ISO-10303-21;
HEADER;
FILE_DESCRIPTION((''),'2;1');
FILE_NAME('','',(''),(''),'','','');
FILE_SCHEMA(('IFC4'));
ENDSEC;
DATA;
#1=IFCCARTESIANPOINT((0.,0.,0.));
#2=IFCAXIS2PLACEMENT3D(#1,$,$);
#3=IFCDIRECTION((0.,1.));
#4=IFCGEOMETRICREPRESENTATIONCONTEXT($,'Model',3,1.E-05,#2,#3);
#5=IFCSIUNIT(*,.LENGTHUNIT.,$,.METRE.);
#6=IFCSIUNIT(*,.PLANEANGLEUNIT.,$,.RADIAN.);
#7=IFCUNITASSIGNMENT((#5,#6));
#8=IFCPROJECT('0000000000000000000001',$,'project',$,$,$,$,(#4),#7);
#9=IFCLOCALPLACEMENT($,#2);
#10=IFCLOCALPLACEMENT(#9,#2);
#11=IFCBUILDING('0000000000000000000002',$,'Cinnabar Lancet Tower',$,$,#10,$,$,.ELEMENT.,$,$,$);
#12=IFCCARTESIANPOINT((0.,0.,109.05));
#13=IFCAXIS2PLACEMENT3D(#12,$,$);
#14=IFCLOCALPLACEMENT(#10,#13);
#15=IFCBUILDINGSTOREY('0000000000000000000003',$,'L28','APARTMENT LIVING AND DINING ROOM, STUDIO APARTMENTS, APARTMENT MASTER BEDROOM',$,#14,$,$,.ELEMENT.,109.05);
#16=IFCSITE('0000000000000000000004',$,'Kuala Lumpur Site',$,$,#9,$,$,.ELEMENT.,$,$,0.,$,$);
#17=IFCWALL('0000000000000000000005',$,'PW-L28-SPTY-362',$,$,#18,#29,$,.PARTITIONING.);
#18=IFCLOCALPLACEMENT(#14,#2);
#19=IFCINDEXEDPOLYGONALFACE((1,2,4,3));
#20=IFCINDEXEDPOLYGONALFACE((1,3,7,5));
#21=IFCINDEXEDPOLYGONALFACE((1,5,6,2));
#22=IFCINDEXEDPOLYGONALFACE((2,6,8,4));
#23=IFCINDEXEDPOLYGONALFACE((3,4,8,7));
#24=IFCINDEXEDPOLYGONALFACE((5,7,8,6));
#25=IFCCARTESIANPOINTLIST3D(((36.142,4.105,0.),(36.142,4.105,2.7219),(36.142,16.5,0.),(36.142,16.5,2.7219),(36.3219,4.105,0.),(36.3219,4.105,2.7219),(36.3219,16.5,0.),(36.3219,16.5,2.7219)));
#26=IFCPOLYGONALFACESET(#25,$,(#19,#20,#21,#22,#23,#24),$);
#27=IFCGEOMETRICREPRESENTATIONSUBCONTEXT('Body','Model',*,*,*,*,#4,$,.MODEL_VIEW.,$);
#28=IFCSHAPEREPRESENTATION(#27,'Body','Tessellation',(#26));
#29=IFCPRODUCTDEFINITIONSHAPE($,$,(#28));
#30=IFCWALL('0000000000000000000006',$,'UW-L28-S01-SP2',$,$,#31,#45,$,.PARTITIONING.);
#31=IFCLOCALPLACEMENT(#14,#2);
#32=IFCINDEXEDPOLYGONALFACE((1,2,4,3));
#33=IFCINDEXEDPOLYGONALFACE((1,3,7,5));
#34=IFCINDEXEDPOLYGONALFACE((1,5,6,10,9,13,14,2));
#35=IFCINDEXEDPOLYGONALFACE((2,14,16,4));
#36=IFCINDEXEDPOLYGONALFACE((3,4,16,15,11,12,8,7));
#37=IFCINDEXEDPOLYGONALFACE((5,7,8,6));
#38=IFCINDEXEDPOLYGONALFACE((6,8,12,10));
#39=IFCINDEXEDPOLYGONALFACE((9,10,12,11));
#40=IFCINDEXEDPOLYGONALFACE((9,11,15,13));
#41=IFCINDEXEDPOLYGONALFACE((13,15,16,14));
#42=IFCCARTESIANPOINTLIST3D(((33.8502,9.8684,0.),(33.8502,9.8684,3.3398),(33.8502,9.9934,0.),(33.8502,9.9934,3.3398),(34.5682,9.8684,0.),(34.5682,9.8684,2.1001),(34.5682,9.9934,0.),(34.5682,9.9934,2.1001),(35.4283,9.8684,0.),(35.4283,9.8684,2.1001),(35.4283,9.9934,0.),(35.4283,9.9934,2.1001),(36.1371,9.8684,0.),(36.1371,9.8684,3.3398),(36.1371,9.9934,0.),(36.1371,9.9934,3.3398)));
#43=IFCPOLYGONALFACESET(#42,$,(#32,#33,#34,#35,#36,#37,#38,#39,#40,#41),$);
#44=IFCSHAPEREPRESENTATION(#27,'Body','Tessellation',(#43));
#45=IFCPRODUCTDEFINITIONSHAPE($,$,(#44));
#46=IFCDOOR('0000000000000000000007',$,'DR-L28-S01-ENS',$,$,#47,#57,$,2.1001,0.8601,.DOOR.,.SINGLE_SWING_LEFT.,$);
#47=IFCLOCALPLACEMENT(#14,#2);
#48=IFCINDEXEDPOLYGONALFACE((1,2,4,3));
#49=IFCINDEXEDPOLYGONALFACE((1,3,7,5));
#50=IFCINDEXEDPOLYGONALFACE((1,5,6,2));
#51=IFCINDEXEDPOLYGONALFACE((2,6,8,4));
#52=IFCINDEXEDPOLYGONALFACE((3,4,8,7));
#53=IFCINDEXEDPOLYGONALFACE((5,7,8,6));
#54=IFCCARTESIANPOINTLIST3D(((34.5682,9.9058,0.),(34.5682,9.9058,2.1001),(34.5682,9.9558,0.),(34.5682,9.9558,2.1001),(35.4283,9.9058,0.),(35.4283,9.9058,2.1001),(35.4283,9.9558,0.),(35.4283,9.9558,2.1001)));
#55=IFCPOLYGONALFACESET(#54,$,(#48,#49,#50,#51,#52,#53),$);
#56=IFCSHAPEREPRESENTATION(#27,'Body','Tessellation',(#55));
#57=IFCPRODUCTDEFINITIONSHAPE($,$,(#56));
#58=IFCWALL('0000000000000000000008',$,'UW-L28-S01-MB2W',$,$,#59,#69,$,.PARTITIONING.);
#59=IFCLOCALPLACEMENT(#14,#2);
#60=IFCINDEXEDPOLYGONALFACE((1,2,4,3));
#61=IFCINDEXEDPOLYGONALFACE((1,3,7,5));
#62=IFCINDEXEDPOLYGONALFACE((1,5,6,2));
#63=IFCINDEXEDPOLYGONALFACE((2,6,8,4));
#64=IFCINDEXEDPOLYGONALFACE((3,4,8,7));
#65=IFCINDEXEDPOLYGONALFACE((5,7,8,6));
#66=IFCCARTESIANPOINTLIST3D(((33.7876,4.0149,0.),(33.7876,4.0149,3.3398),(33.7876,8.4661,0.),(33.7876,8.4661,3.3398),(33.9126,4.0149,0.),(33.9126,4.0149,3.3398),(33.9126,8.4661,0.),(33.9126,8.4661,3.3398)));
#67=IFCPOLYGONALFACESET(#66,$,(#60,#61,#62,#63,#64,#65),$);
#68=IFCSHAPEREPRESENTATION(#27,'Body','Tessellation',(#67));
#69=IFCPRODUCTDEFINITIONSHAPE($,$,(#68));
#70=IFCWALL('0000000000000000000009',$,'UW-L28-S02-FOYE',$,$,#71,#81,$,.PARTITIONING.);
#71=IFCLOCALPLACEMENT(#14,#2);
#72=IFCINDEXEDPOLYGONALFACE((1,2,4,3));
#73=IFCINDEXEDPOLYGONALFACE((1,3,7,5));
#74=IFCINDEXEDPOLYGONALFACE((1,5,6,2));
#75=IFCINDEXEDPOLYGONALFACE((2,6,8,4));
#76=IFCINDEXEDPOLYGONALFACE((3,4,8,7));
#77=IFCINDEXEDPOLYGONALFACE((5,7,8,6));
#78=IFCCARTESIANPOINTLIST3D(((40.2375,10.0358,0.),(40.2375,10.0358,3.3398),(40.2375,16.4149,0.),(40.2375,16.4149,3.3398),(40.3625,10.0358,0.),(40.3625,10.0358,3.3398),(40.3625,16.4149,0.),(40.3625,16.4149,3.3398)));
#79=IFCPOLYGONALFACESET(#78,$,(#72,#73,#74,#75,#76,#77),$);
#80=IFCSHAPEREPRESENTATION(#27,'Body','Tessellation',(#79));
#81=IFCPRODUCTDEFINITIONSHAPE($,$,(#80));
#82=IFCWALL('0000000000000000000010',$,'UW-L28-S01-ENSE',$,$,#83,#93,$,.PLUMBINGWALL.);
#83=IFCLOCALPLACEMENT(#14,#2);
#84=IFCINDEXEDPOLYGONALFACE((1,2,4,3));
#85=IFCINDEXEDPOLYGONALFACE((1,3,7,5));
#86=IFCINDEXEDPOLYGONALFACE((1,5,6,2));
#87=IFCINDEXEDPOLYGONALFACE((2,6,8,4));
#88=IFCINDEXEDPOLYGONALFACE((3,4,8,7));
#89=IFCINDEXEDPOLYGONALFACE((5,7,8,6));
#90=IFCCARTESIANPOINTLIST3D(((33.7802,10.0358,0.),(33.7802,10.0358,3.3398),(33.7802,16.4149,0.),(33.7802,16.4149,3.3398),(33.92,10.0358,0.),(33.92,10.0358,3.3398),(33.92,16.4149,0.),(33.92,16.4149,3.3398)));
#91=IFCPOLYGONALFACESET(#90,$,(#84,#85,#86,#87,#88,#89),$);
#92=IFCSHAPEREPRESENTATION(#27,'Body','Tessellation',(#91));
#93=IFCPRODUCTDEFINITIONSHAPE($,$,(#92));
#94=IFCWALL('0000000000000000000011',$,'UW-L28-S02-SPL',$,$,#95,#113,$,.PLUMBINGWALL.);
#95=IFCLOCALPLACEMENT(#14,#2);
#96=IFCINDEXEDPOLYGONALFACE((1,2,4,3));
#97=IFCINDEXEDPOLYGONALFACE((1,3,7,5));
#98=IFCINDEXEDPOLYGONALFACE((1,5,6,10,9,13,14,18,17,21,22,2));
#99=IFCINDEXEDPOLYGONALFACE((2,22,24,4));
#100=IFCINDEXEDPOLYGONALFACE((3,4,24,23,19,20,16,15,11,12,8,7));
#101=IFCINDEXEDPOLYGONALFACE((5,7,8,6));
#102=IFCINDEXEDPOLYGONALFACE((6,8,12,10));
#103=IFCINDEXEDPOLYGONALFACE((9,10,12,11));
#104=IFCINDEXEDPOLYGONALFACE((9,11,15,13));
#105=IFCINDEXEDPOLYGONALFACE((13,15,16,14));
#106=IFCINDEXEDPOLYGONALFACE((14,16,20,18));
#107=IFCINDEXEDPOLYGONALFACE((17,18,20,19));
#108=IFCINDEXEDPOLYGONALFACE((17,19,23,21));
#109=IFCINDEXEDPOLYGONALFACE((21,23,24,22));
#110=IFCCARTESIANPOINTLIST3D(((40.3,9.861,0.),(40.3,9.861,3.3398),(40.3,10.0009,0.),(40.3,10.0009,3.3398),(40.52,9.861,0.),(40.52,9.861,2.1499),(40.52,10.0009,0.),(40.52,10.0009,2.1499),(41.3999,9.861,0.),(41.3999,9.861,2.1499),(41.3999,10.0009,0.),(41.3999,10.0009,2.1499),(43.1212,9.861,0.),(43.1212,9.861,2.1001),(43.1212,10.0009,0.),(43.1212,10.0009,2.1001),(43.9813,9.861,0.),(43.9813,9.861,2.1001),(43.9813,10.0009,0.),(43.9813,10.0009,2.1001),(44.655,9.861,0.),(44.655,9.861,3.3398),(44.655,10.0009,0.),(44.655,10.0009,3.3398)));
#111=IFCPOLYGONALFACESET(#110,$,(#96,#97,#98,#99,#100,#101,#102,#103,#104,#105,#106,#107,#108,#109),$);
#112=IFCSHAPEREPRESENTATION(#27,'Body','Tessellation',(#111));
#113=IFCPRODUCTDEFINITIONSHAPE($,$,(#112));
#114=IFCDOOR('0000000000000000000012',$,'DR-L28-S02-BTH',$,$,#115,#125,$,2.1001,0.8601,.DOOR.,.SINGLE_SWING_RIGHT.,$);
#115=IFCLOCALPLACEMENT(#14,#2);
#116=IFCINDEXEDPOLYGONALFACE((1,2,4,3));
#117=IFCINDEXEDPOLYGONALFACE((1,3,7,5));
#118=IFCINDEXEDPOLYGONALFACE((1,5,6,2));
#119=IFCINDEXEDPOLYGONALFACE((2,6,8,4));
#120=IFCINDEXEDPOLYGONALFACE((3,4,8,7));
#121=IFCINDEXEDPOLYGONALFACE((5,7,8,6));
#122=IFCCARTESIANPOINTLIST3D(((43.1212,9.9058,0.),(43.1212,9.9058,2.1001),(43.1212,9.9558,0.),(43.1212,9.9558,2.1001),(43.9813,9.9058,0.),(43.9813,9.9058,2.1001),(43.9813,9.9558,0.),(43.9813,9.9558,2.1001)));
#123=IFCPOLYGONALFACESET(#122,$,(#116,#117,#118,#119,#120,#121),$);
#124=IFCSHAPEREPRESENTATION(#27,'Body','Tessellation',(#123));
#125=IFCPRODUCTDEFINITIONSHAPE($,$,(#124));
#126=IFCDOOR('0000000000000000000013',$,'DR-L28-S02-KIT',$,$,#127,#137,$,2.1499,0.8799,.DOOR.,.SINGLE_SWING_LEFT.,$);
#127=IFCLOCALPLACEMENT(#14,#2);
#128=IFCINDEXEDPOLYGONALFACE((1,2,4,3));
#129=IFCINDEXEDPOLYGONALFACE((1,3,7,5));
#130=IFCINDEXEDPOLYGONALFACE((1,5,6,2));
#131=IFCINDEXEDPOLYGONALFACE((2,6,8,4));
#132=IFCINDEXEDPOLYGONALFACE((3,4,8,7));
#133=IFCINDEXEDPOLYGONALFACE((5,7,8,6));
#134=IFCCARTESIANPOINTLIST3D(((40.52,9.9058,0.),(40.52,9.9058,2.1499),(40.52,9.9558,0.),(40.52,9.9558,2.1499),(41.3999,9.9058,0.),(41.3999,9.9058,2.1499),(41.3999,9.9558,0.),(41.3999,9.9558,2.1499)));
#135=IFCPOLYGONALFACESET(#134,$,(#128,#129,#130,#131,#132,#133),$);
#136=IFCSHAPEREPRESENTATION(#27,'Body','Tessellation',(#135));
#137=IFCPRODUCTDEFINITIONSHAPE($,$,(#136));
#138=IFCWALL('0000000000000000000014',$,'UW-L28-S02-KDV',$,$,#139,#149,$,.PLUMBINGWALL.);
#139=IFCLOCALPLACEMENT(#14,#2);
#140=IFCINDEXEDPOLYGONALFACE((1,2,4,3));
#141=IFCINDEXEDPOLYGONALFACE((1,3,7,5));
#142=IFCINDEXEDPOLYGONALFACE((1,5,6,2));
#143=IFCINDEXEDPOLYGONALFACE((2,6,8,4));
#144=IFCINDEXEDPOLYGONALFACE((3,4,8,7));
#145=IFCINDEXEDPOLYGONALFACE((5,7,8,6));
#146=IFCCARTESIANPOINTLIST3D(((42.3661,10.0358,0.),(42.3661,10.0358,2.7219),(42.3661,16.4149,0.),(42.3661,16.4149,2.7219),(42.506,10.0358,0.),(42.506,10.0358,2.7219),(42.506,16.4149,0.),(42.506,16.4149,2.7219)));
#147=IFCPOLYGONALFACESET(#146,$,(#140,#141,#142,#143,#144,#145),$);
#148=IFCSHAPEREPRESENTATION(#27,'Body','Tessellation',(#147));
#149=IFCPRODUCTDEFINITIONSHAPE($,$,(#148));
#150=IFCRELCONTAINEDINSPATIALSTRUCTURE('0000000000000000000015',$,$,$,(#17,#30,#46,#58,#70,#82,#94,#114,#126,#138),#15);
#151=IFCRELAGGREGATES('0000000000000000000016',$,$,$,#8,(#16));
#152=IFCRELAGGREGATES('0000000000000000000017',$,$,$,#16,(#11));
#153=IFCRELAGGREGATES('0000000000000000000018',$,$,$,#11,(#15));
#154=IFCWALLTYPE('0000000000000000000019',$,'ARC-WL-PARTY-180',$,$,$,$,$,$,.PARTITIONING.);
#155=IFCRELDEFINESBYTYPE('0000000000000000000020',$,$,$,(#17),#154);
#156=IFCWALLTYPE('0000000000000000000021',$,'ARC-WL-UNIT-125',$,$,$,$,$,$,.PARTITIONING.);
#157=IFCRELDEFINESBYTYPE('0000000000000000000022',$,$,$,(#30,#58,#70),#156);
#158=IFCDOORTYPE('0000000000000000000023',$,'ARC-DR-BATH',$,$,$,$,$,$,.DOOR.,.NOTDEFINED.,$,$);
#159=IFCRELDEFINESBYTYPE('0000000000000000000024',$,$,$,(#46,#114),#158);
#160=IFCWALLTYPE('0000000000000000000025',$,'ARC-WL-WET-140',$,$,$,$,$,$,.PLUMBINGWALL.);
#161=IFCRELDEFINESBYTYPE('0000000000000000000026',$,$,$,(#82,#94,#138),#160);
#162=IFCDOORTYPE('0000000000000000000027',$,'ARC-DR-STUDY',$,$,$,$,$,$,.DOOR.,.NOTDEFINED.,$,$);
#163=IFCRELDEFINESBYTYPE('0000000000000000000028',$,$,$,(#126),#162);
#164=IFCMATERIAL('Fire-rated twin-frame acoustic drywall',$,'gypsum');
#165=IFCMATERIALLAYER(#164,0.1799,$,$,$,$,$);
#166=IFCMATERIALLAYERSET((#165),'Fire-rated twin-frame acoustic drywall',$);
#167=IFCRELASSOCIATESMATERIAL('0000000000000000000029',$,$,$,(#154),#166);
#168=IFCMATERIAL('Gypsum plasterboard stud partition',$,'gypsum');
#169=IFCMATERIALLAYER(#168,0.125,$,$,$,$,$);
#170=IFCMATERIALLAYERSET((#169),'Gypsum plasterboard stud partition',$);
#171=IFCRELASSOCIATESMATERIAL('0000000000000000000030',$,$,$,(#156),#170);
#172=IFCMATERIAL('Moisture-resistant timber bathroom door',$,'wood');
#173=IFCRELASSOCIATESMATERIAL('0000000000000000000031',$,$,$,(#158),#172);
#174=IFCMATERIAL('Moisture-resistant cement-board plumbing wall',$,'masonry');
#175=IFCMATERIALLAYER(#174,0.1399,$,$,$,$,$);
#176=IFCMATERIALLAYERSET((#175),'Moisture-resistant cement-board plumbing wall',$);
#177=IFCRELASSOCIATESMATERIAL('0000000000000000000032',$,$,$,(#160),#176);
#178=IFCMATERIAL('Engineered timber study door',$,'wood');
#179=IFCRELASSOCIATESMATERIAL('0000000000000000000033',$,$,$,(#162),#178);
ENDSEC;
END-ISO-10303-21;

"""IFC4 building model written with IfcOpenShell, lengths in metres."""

from ifc_helpers import new_model, si_unit, direction, frame, frame_2d, origin, place, context, subcontext, project, spatial, rectangle, extrude, material, layer, layer_set, type_object, element, fill, save


model = new_model("IFC4")

# Units and contexts
model_context = context("Model", 3, precision=1e-05, world=origin(), true_north=direction((0.0, 1.0)))
body_context = subcontext(model_context, "Body", "Model", "MODEL_VIEW")
ifc_project = project(units=[si_unit("LENGTHUNIT", "METRE"), si_unit("PLANEANGLEUNIT", "RADIAN")], contexts=[model_context])

# Site, building, storey
site_placement = place(None, origin())
site = spatial("IfcSite", under=ifc_project, at=site_placement, Name="Kuala Lumpur Site", CompositionType="ELEMENT", RefElevation=0.0)
building_placement = place(site_placement, origin())
building = spatial("IfcBuilding", under=site, at=building_placement, Name="Cinnabar Lancet Tower", CompositionType="ELEMENT")
storey_placement = place(building_placement, frame((0.0, 0.0, 109.05)))
storey = spatial("IfcBuildingStorey", under=building, at=storey_placement, Name="L28", Description="APARTMENT LIVING AND DINING ROOM, STUDIO APARTMENTS, APARTMENT MASTER BEDROOM", CompositionType="ELEMENT", Elevation=109.05)

# Wall
ifc_material_1 = material(Name="Fire-rated twin-frame acoustic drywall", Category="gypsum")
ifc_layer_1 = layer(ifc_material_1, 0.1799)
ifc_layer_set_1 = layer_set([ifc_layer_1], Name="Fire-rated twin-frame acoustic drywall")
wall_type_1 = type_object("IfcWallType", Name="ARC-WL-PARTY-180", PredefinedType="PARTITIONING", material=ifc_layer_set_1)
wall_1_placement = place(storey_placement, frame((36.2319, 4.105, 0.0), z_axis=(0.0, 0.0, 1.0), x_axis=(0.0, 1.0, 0.0)))
element("IfcWall", 1, at=wall_1_placement, inside=storey, type_object=wall_type_1, Name="PW-L28-SPTY-362", PredefinedType="PARTITIONING", context=body_context, shape_type="SweptSolid", body=[
    extrude(rectangle(XDim=12.395, YDim=0.1799, at=frame_2d((6.1975, 0.0))), origin(), (0.0, 0.0, 1.0), 2.7219),
])

# Wall, opening, door
ifc_material_2 = material(Name="Gypsum plasterboard stud partition", Category="gypsum")
ifc_layer_2 = layer(ifc_material_2, 0.125)
ifc_layer_set_2 = layer_set([ifc_layer_2], Name="Gypsum plasterboard stud partition")
wall_type_2 = type_object("IfcWallType", Name="ARC-WL-UNIT-125", PredefinedType="PARTITIONING", material=ifc_layer_set_2)
wall_2_placement = place(storey_placement, frame((33.8501, 9.9309, 0.0), z_axis=(0.0, 0.0, 1.0), x_axis=(1.0, 0.0, 0.0)))
wall_2 = element("IfcWall", 2, at=wall_2_placement, inside=storey, type_object=wall_type_2, Name="UW-L28-S01-SP2", PredefinedType="PARTITIONING", context=body_context, shape_type="SweptSolid", body=[
    extrude(rectangle(XDim=2.2869, YDim=0.125, at=frame_2d((1.1436, 0.0))), origin(), (0.0, 0.0, 1.0), 3.3398),
])
opening_1_placement = place(wall_2_placement, frame((0.718, 0.0, 0.0)))
opening_1 = element("IfcOpeningElement", 3, at=opening_1_placement, cuts=wall_2, PredefinedType="OPENING", context=body_context, shape_type="SweptSolid", body=[
    extrude(rectangle(XDim=0.8601, YDim=2.1001, at=frame_2d((0.4302, 1.05))), frame((0.0, 0.0725, 0.0), z_axis=(0.0, -1.0, 0.0), x_axis=(1.0, 0.0, 0.0)), (0.0, 0.0, 1.0), 0.145),
])
ifc_material_3 = material(Name="Moisture-resistant timber bathroom door", Category="wood")
door_type_1 = type_object("IfcDoorType", Name="ARC-DR-BATH", OperationType="NOTDEFINED", PredefinedType="DOOR", material=ifc_material_3)
door_1_placement = place(opening_1_placement, origin())
door_1 = element("IfcDoor", 4, at=door_1_placement, inside=storey, type_object=door_type_1, Name="DR-L28-S01-ENS", OperationType="SINGLE_SWING_LEFT", OverallHeight=2.1001, OverallWidth=0.8601, PredefinedType="DOOR", context=body_context, shape_type="SweptSolid", body=[
    extrude(rectangle(XDim=0.8601, YDim=2.1001, at=frame_2d((0.4302, 1.05))), frame((0.0, 0.0249, 0.0), z_axis=(0.0, -1.0, 0.0), x_axis=(1.0, 0.0, 0.0)), (0.0, 0.0, 1.0), 0.05),
])
fill(opening_1, door_1)

# Walls
wall_3_placement = place(storey_placement, frame((33.8501, 4.0149, 0.0), z_axis=(0.0, 0.0, 1.0), x_axis=(0.0, 1.0, 0.0)))
element("IfcWall", 5, at=wall_3_placement, inside=storey, type_object=wall_type_2, Name="UW-L28-S01-MB2W", PredefinedType="PARTITIONING", context=body_context, shape_type="SweptSolid", body=[
    extrude(rectangle(XDim=4.4512, YDim=0.125, at=frame_2d((2.2256, 0.0))), origin(), (0.0, 0.0, 1.0), 3.3398),
])
wall_4_placement = place(storey_placement, frame((40.3, 10.0359, 0.0), z_axis=(0.0, 0.0, 1.0), x_axis=(0.0, 1.0, 0.0)))
element("IfcWall", 6, at=wall_4_placement, inside=storey, type_object=wall_type_2, Name="UW-L28-S02-FOYE", PredefinedType="PARTITIONING", context=body_context, shape_type="SweptSolid", body=[
    extrude(rectangle(XDim=6.3792, YDim=0.125, at=frame_2d((3.1895, 0.0))), origin(), (0.0, 0.0, 1.0), 3.3398),
])
ifc_material_4 = material(Name="Moisture-resistant cement-board plumbing wall", Category="masonry")
ifc_layer_3 = layer(ifc_material_4, 0.1399)
ifc_layer_set_3 = layer_set([ifc_layer_3], Name="Moisture-resistant cement-board plumbing wall")
wall_type_3 = type_object("IfcWallType", Name="ARC-WL-WET-140", PredefinedType="PLUMBINGWALL", material=ifc_layer_set_3)
wall_5_placement = place(storey_placement, frame((33.8501, 10.0359, 0.0), z_axis=(0.0, 0.0, 1.0), x_axis=(0.0, 1.0, 0.0)))
element("IfcWall", 7, at=wall_5_placement, inside=storey, type_object=wall_type_3, Name="UW-L28-S01-ENSE", PredefinedType="PLUMBINGWALL", context=body_context, shape_type="SweptSolid", body=[
    extrude(rectangle(XDim=6.3792, YDim=0.1399, at=frame_2d((3.1895, 0.0))), origin(), (0.0, 0.0, 1.0), 3.3398),
])

# Wall, openings, doors
wall_6_placement = place(storey_placement, frame((40.3, 9.9309, 0.0), z_axis=(0.0, 0.0, 1.0), x_axis=(1.0, 0.0, 0.0)))
wall_6 = element("IfcWall", 8, at=wall_6_placement, inside=storey, type_object=wall_type_3, Name="UW-L28-S02-SPL", PredefinedType="PLUMBINGWALL", context=body_context, shape_type="SweptSolid", body=[
    extrude(rectangle(XDim=4.355, YDim=0.1399, at=frame_2d((2.1775, 0.0))), origin(), (0.0, 0.0, 1.0), 3.3398),
])
opening_2_placement = place(wall_6_placement, frame((2.821, 0.0, 0.0)))
opening_2 = element("IfcOpeningElement", 9, at=opening_2_placement, cuts=wall_6, PredefinedType="OPENING", context=body_context, shape_type="SweptSolid", body=[
    extrude(rectangle(XDim=0.8601, YDim=2.1001, at=frame_2d((0.4302, 1.05))), frame((0.0, 0.0798, 0.0), z_axis=(0.0, -1.0, 0.0), x_axis=(1.0, 0.0, 0.0)), (0.0, 0.0, 1.0), 0.1599),
])
opening_3_placement = place(wall_6_placement, frame((0.22, 0.0, 0.0)))
opening_3 = element("IfcOpeningElement", 10, at=opening_3_placement, cuts=wall_6, PredefinedType="OPENING", context=body_context, shape_type="SweptSolid", body=[
    extrude(rectangle(XDim=0.8799, YDim=2.1499, at=frame_2d((0.4399, 1.075))), frame((0.0, 0.0798, 0.0), z_axis=(0.0, -1.0, 0.0), x_axis=(1.0, 0.0, 0.0)), (0.0, 0.0, 1.0), 0.1599),
])
door_2_placement = place(opening_2_placement, origin())
door_2 = element("IfcDoor", 11, at=door_2_placement, inside=storey, type_object=door_type_1, Name="DR-L28-S02-BTH", OperationType="SINGLE_SWING_RIGHT", OverallHeight=2.1001, OverallWidth=0.8601, PredefinedType="DOOR", context=body_context, shape_type="SweptSolid", body=[
    extrude(rectangle(XDim=0.8601, YDim=2.1001, at=frame_2d((0.4302, 1.05))), frame((0.0, 0.0249, 0.0), z_axis=(0.0, -1.0, 0.0), x_axis=(1.0, 0.0, 0.0)), (0.0, 0.0, 1.0), 0.05),
])
fill(opening_2, door_2)
ifc_material_5 = material(Name="Engineered timber study door", Category="wood")
door_type_2 = type_object("IfcDoorType", Name="ARC-DR-STUDY", OperationType="NOTDEFINED", PredefinedType="DOOR", material=ifc_material_5)
door_3_placement = place(opening_3_placement, origin())
door_3 = element("IfcDoor", 12, at=door_3_placement, inside=storey, type_object=door_type_2, Name="DR-L28-S02-KIT", OperationType="SINGLE_SWING_LEFT", OverallHeight=2.1499, OverallWidth=0.8799, PredefinedType="DOOR", context=body_context, shape_type="SweptSolid", body=[
    extrude(rectangle(XDim=0.8799, YDim=2.1499, at=frame_2d((0.4399, 1.075))), frame((0.0, 0.0249, 0.0), z_axis=(0.0, -1.0, 0.0), x_axis=(1.0, 0.0, 0.0)), (0.0, 0.0, 1.0), 0.05),
])
fill(opening_3, door_3)

# Wall
wall_7_placement = place(storey_placement, frame((42.436, 10.0359, 0.0), z_axis=(0.0, 0.0, 1.0), x_axis=(0.0, 1.0, 0.0)))
element("IfcWall", 13, at=wall_7_placement, inside=storey, type_object=wall_type_3, Name="UW-L28-S02-KDV", PredefinedType="PLUMBINGWALL", context=body_context, shape_type="SweptSolid", body=[
    extrude(rectangle(XDim=6.3792, YDim=0.1399, at=frame_2d((3.1895, 0.0))), origin(), (0.0, 0.0, 1.0), 2.7219),
])

save(model, "model.ifc")
